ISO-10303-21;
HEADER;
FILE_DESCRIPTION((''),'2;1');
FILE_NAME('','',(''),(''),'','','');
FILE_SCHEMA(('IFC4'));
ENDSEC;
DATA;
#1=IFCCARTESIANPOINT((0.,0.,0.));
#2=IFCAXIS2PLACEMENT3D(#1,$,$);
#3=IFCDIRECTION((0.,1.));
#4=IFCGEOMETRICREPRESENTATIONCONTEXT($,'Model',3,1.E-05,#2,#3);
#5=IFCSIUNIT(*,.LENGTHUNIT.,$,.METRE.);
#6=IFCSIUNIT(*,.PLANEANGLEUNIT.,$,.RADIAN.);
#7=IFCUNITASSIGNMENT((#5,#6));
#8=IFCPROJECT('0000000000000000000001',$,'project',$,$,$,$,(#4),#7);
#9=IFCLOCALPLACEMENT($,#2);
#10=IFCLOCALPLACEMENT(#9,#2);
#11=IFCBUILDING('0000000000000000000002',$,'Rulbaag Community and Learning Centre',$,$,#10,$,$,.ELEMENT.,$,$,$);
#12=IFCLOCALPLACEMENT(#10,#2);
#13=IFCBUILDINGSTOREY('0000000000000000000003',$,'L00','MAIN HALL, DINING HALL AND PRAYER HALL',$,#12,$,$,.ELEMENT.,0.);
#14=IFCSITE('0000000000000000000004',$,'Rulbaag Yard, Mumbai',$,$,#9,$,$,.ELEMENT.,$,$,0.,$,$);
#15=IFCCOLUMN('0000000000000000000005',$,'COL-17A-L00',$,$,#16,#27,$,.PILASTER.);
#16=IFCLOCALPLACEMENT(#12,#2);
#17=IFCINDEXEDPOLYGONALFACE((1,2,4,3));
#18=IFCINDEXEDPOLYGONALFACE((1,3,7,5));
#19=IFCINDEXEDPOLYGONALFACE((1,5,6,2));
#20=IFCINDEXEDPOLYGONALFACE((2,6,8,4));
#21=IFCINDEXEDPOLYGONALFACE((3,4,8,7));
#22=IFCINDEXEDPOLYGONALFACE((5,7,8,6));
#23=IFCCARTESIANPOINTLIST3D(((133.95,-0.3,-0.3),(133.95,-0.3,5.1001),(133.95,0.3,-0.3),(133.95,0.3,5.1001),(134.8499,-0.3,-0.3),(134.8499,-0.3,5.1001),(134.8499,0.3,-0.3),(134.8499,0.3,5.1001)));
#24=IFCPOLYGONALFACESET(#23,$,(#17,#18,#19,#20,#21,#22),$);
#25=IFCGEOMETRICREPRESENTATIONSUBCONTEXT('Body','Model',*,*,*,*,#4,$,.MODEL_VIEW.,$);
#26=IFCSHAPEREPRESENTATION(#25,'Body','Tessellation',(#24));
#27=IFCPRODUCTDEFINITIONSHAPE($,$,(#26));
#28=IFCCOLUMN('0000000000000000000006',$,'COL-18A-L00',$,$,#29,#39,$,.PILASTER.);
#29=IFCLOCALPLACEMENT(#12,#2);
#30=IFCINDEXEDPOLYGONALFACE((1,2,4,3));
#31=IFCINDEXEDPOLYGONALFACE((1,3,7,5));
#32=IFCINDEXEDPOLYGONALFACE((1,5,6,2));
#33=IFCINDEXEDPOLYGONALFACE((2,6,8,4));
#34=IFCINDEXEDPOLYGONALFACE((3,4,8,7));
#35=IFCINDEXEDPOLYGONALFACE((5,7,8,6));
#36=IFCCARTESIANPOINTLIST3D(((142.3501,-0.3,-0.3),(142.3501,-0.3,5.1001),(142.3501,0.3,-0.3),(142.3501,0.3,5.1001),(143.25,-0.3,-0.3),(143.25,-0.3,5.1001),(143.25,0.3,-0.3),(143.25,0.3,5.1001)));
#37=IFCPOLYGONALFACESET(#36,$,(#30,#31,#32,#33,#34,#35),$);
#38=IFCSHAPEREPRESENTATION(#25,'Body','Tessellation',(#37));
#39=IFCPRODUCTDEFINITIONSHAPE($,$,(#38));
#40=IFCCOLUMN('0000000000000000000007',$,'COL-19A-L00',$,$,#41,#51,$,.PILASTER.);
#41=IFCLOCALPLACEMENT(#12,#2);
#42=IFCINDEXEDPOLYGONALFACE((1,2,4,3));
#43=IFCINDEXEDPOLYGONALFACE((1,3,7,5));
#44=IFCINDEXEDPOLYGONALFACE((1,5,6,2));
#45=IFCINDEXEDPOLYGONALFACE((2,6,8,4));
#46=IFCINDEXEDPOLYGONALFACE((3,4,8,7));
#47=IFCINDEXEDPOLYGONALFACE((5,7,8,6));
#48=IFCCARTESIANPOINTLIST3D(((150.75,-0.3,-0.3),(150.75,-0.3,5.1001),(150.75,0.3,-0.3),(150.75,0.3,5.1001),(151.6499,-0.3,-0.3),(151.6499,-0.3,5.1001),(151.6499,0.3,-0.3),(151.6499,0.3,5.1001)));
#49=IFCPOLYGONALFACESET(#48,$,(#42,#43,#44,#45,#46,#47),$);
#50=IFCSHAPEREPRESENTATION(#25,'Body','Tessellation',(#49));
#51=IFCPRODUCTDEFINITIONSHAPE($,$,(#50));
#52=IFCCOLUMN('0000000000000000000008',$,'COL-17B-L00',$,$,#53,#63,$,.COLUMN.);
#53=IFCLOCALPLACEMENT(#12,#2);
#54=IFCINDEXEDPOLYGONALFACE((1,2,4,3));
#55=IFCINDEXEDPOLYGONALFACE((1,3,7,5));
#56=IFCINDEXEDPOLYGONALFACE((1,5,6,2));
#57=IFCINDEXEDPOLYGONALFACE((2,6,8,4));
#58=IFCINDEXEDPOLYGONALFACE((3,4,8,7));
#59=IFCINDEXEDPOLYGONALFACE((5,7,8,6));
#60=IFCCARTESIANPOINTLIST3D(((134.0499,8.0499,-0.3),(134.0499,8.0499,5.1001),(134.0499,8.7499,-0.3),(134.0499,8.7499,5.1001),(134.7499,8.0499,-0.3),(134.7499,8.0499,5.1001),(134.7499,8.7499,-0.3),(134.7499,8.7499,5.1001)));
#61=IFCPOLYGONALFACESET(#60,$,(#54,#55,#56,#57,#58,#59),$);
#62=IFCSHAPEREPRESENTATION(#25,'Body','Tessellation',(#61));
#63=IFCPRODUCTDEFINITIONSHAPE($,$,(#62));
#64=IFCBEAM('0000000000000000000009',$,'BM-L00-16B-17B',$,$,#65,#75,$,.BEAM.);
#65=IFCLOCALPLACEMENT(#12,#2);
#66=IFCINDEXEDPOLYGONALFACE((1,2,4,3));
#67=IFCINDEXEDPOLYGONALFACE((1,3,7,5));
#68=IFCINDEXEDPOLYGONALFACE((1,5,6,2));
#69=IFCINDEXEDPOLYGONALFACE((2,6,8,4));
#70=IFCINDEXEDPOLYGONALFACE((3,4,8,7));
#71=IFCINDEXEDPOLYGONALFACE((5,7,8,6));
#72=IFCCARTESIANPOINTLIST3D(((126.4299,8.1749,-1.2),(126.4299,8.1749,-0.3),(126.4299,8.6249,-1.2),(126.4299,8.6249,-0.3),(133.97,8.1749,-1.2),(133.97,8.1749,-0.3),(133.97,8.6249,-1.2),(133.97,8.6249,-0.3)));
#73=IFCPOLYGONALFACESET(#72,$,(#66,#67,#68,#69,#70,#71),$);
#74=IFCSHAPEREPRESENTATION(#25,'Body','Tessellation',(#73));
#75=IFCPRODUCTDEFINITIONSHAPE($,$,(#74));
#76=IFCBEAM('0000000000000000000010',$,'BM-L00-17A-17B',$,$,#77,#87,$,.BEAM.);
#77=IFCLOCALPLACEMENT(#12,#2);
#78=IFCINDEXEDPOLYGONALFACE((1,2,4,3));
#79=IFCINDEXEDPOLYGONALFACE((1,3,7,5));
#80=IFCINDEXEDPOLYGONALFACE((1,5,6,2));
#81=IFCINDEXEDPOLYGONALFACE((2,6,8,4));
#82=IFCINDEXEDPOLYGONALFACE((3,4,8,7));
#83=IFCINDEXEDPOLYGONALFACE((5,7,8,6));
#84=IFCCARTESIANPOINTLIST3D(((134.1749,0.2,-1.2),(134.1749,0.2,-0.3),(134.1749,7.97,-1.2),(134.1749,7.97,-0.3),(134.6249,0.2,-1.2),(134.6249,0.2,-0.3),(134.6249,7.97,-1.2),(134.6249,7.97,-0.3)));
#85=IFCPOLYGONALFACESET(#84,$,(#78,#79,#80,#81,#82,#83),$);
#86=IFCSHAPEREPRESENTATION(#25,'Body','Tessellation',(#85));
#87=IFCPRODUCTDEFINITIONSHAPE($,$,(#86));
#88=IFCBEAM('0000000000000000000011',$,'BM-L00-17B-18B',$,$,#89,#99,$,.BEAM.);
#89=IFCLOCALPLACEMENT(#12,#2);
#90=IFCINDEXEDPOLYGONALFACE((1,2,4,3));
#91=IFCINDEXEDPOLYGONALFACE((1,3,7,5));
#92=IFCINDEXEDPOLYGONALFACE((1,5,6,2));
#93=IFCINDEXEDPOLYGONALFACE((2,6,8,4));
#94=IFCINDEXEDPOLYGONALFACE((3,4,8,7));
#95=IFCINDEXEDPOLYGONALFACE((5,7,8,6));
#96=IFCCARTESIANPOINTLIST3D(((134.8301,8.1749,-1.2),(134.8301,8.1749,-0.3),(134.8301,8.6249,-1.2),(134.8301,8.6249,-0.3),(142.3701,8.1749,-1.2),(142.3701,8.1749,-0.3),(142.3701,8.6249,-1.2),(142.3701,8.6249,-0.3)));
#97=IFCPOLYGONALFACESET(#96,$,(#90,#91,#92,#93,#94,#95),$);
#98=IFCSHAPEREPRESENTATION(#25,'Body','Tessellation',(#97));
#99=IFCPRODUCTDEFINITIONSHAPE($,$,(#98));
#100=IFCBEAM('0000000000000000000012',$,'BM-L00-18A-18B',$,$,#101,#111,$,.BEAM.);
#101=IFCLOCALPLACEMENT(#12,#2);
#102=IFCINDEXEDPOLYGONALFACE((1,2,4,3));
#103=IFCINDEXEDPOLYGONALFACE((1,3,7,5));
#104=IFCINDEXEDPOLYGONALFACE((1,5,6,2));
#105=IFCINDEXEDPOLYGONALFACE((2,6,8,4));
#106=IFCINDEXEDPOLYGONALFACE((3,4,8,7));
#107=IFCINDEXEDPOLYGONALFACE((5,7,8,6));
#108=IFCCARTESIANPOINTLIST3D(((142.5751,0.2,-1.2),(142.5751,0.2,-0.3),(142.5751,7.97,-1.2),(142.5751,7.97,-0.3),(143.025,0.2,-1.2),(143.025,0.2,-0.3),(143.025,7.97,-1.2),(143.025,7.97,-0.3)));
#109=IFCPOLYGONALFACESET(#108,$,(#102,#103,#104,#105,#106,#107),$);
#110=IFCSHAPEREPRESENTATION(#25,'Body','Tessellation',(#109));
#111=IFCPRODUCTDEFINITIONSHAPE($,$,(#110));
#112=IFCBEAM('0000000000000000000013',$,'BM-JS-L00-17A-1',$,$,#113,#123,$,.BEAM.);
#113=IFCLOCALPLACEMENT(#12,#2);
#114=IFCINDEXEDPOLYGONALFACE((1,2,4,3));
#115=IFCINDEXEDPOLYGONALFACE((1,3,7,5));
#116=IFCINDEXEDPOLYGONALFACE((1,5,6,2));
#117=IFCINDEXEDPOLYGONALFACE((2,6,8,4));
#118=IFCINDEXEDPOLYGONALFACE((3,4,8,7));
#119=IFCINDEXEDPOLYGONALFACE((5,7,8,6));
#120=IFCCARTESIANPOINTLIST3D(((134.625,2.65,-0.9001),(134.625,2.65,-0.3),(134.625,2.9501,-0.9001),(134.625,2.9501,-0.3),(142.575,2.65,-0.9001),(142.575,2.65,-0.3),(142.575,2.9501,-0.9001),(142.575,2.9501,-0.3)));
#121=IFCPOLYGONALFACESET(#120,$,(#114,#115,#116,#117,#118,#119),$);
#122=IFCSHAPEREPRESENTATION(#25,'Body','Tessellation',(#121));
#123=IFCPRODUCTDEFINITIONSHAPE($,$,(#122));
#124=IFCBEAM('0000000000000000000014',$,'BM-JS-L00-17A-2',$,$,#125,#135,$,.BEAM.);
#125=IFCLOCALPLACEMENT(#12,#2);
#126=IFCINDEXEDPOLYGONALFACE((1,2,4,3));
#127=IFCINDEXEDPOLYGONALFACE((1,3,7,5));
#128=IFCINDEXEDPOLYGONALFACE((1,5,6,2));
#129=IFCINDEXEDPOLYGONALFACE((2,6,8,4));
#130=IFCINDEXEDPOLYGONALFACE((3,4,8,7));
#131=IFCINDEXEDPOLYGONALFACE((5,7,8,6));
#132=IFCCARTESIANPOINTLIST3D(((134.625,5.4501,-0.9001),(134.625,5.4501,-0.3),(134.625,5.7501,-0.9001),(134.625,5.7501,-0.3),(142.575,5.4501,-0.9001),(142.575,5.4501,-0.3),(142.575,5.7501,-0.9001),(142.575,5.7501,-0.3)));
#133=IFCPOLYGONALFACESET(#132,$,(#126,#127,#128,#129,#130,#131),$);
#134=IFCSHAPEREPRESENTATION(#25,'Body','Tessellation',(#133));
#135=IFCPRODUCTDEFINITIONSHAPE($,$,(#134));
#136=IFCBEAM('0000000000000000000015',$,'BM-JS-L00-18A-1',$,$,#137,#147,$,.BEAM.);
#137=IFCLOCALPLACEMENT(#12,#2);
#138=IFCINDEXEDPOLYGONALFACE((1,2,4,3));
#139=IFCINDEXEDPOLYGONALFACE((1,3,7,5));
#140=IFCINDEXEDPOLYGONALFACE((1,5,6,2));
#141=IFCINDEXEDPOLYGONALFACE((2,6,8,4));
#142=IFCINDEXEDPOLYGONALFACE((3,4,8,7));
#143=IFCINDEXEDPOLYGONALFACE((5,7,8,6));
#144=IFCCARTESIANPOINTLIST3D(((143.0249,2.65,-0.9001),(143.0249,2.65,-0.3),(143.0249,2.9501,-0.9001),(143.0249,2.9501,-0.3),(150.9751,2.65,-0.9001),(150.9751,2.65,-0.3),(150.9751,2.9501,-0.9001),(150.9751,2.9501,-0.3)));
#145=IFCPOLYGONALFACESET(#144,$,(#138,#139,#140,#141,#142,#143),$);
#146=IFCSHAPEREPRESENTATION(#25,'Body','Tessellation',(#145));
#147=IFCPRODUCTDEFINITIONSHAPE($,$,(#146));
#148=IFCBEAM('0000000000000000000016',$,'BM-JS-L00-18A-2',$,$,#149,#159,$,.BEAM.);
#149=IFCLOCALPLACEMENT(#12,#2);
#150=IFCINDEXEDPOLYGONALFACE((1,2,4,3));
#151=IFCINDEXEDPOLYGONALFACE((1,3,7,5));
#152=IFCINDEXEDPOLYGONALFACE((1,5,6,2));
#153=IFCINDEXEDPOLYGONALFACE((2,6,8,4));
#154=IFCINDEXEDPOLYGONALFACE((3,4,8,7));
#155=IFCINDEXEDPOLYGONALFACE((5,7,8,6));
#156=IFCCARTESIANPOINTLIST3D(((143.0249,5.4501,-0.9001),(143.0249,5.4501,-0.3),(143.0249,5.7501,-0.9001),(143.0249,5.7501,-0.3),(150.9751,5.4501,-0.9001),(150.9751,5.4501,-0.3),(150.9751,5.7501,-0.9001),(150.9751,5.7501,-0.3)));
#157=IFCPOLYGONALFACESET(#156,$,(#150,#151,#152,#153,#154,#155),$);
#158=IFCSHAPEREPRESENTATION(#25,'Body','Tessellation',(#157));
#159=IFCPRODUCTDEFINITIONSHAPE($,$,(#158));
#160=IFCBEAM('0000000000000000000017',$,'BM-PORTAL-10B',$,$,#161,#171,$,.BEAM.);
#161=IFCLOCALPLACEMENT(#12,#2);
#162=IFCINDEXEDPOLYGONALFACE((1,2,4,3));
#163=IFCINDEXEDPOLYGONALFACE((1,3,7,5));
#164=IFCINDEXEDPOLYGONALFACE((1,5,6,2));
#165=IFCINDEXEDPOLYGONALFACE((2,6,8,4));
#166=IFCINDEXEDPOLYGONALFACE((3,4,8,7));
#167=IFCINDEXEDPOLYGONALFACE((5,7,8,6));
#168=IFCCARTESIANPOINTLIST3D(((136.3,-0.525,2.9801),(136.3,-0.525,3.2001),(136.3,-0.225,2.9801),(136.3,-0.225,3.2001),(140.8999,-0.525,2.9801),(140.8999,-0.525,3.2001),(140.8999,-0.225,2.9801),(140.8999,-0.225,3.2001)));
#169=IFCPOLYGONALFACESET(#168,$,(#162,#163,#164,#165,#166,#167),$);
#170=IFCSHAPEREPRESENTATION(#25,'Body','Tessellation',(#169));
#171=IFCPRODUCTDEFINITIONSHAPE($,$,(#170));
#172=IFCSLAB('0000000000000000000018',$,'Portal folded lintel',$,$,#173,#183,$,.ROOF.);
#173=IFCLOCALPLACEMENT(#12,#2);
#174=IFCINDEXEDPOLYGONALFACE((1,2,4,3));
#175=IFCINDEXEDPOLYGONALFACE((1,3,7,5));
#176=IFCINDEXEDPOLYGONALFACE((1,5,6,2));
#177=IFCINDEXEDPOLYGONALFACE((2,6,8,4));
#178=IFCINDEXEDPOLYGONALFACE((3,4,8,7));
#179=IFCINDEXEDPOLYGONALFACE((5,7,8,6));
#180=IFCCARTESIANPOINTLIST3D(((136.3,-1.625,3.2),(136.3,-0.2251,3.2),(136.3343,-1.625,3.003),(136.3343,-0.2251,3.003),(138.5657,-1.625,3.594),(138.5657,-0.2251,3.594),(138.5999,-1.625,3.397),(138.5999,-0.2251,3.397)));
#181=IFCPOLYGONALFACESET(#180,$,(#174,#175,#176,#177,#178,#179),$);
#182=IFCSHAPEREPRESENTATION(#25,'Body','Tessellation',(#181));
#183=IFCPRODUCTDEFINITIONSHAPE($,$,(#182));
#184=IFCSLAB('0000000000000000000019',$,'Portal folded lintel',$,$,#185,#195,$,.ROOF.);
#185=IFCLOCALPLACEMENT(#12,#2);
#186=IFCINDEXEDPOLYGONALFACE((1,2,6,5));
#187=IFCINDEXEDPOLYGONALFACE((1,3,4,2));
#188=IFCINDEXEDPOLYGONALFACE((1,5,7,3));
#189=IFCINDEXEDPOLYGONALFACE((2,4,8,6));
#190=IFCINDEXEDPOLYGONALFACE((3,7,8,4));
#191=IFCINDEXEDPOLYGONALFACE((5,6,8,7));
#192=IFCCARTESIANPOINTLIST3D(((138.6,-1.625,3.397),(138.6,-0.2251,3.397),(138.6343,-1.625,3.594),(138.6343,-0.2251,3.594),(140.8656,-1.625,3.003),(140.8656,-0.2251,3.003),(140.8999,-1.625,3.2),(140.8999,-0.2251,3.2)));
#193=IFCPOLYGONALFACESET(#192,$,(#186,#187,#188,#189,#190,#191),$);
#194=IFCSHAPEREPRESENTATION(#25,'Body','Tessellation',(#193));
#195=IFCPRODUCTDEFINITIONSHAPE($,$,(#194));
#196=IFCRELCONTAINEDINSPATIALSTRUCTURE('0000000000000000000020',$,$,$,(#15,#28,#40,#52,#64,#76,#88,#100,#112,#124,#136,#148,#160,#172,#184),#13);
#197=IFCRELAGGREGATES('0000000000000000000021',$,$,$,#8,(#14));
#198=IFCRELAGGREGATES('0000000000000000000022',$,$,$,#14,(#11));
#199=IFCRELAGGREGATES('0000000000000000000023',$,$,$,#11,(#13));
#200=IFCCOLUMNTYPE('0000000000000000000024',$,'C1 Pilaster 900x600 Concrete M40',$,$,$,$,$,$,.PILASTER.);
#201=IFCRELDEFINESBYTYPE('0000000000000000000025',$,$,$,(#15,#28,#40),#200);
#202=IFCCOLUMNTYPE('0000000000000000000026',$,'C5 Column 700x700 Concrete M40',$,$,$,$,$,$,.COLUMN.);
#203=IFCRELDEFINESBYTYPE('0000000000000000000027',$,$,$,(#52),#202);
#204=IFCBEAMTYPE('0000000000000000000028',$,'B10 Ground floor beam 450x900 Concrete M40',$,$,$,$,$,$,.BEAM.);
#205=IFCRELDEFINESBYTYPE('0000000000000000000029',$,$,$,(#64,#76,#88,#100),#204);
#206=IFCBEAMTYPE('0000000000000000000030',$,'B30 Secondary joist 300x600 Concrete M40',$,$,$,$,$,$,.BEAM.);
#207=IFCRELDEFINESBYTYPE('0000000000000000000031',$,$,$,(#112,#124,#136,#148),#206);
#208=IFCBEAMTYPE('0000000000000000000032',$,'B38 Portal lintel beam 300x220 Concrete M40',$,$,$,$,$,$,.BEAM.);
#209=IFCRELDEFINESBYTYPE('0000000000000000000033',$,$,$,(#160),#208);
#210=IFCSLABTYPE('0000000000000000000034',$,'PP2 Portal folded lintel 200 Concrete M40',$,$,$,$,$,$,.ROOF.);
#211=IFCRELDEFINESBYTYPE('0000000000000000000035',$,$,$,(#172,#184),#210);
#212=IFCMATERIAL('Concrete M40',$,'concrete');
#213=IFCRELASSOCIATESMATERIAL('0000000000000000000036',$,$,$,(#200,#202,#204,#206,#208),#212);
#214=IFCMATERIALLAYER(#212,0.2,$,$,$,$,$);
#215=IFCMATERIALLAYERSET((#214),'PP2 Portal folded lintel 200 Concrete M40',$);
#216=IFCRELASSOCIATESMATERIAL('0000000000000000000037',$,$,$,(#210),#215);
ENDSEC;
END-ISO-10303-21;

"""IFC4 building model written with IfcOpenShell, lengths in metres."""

from ifc_helpers import new_model, si_unit, direction, frame, origin, origin_2d, place, context, subcontext, project, spatial, polyline, rectangle, outline, extrude, material, layer, layer_set, material_profile, profile_set, type_object, element, save


model = new_model("IFC4")

# Units and contexts
model_context = context("Model", 3, precision=1e-05, world=origin(), true_north=direction((0.0, 1.0)))
body_context = subcontext(model_context, "Body", "Model", "MODEL_VIEW")
ifc_project = project(units=[si_unit("LENGTHUNIT", "METRE"), si_unit("PLANEANGLEUNIT", "RADIAN")], contexts=[model_context])

# Site, building, storey
site_placement = place(None, origin())
site = spatial("IfcSite", under=ifc_project, at=site_placement, Name="Rulbaag Yard, Mumbai", CompositionType="ELEMENT", RefElevation=0.0)
building_placement = place(site_placement, origin())
building = spatial("IfcBuilding", under=site, at=building_placement, Name="Rulbaag Community and Learning Centre", CompositionType="ELEMENT")
storey_placement = place(building_placement, origin())
storey = spatial("IfcBuildingStorey", under=building, at=storey_placement, Name="L00", Description="MAIN HALL, DINING HALL AND PRAYER HALL", CompositionType="ELEMENT", Elevation=0.0)

# Columns
ifc_material_1 = material(Name="Concrete M40", Category="concrete")
ifc_material_profile_1 = material_profile(ifc_material_1, rectangle(XDim=0.8999, YDim=0.6001, at=origin_2d()), Name="RC900x600")
ifc_profile_set_1 = profile_set([ifc_material_profile_1], Name="Concrete M40")
column_type_1 = type_object("IfcColumnType", Name="C1 Pilaster 900x600 Concrete M40", PredefinedType="PILASTER", material=ifc_profile_set_1)
for number, where, z_axis, x_axis, name in (
    (1, (134.3999, 0.0, -0.3), (0.0, 0.0, 1.0), (1.0, 0.0, 0.0), "COL-17A-L00"),
    (2, (142.8, 0.0, -0.3), (0.0, 0.0, 1.0), (1.0, 0.0, 0.0), "COL-18A-L00"),
    (3, (151.2, 0.0, -0.3), (0.0, 0.0, 1.0), (1.0, 0.0, 0.0), "COL-19A-L00"),
):
    element("IfcColumn", number, at=place(storey_placement, frame(where, z_axis=z_axis, x_axis=x_axis)), inside=storey, type_object=column_type_1, Name=name, PredefinedType="PILASTER", context=body_context, shape_type="SweptSolid", body=[
        extrude(rectangle(XDim=0.8999, YDim=0.6001, at=origin_2d()), origin(), (0.0, 0.0, 1.0), 5.4001),
    ])
ifc_material_profile_2 = material_profile(ifc_material_1, rectangle(XDim=0.7, YDim=0.7, at=origin_2d()), Name="RC700x700")
ifc_profile_set_2 = profile_set([ifc_material_profile_2], Name="Concrete M40")
column_type_2 = type_object("IfcColumnType", Name="C5 Column 700x700 Concrete M40", PredefinedType="COLUMN", material=ifc_profile_set_2)
column_placement = place(storey_placement, frame((134.3999, 8.3999, -0.3), z_axis=(0.0, 0.0, 1.0), x_axis=(1.0, 0.0, 0.0)))
element("IfcColumn", 4, at=column_placement, inside=storey, type_object=column_type_2, Name="COL-17B-L00", PredefinedType="COLUMN", context=body_context, shape_type="SweptSolid", body=[
    extrude(rectangle(XDim=0.7, YDim=0.7, at=origin_2d()), origin(), (0.0, 0.0, 1.0), 5.4001),
])

# Beams
ifc_material_profile_3 = material_profile(ifc_material_1, rectangle(XDim=0.45, YDim=0.8999, at=origin_2d()), Name="RB450x900")
ifc_profile_set_3 = profile_set([ifc_material_profile_3], Name="Concrete M40")
beam_type_1 = type_object("IfcBeamType", Name="B10 Ground floor beam 450x900 Concrete M40", PredefinedType="BEAM", material=ifc_profile_set_3)
beam_1_placement = place(storey_placement, frame((126.4299, 8.3999, -0.75), z_axis=(1.0, 0.0, 0.0), x_axis=(0.0, 1.0, 0.0)))
element("IfcBeam", 5, at=beam_1_placement, inside=storey, type_object=beam_type_1, Name="BM-L00-16B-17B", PredefinedType="BEAM", context=body_context, shape_type="SweptSolid", body=[
    extrude(rectangle(XDim=0.45, YDim=0.8999, at=origin_2d()), origin(), (0.0, 0.0, 1.0), 7.54),
])
beam_2_placement = place(storey_placement, frame((134.3999, 0.2, -0.75), z_axis=(0.0, 1.0, 0.0), x_axis=(-1.0, 0.0, 0.0)))
element("IfcBeam", 6, at=beam_2_placement, inside=storey, type_object=beam_type_1, Name="BM-L00-17A-17B", PredefinedType="BEAM", context=body_context, shape_type="SweptSolid", body=[
    extrude(rectangle(XDim=0.45, YDim=0.8999, at=origin_2d()), origin(), (0.0, 0.0, 1.0), 7.77),
])
beam_3_placement = place(storey_placement, frame((134.8301, 8.3999, -0.75), z_axis=(1.0, 0.0, 0.0), x_axis=(0.0, 1.0, 0.0)))
element("IfcBeam", 7, at=beam_3_placement, inside=storey, type_object=beam_type_1, Name="BM-L00-17B-18B", PredefinedType="BEAM", context=body_context, shape_type="SweptSolid", body=[
    extrude(rectangle(XDim=0.45, YDim=0.8999, at=origin_2d()), origin(), (0.0, 0.0, 1.0), 7.54),
])
beam_4_placement = place(storey_placement, frame((142.8, 0.2, -0.75), z_axis=(0.0, 1.0, 0.0), x_axis=(-1.0, 0.0, 0.0)))
element("IfcBeam", 8, at=beam_4_placement, inside=storey, type_object=beam_type_1, Name="BM-L00-18A-18B", PredefinedType="BEAM", context=body_context, shape_type="SweptSolid", body=[
    extrude(rectangle(XDim=0.45, YDim=0.8999, at=origin_2d()), origin(), (0.0, 0.0, 1.0), 7.77),
])
ifc_material_profile_4 = material_profile(ifc_material_1, rectangle(XDim=0.3, YDim=0.6001, at=origin_2d()), Name="RB300x600")
ifc_profile_set_4 = profile_set([ifc_material_profile_4], Name="Concrete M40")
beam_type_2 = type_object("IfcBeamType", Name="B30 Secondary joist 300x600 Concrete M40", PredefinedType="BEAM", material=ifc_profile_set_4)
for number, where, z_axis, x_axis, name in (
    (9, (134.625, 2.8, -0.6001), (1.0, 0.0, 0.0), (0.0, 1.0, 0.0), "BM-JS-L00-17A-1"),
    (10, (134.625, 5.6001, -0.6001), (1.0, 0.0, 0.0), (0.0, 1.0, 0.0), "BM-JS-L00-17A-2"),
):
    element("IfcBeam", number, at=place(storey_placement, frame(where, z_axis=z_axis, x_axis=x_axis)), inside=storey, type_object=beam_type_2, Name=name, PredefinedType="BEAM", context=body_context, shape_type="SweptSolid", body=[
        extrude(rectangle(XDim=0.3, YDim=0.6001, at=origin_2d()), origin(), (0.0, 0.0, 1.0), 7.95),
    ])
for number, where, z_axis, x_axis, name in (
    (11, (143.0249, 2.8, -0.6001), (1.0, 0.0, 0.0), (0.0, 1.0, 0.0), "BM-JS-L00-18A-1"),
    (12, (143.0249, 5.6001, -0.6001), (1.0, 0.0, 0.0), (0.0, 1.0, 0.0), "BM-JS-L00-18A-2"),
):
    element("IfcBeam", number, at=place(storey_placement, frame(where, z_axis=z_axis, x_axis=x_axis)), inside=storey, type_object=beam_type_2, Name=name, PredefinedType="BEAM", context=body_context, shape_type="SweptSolid", body=[
        extrude(rectangle(XDim=0.3, YDim=0.6001, at=origin_2d()), origin(), (0.0, 0.0, 1.0), 7.9502),
    ])
ifc_material_profile_5 = material_profile(ifc_material_1, rectangle(XDim=0.3, YDim=0.22, at=origin_2d()), Name="RB300x220")
ifc_profile_set_5 = profile_set([ifc_material_profile_5], Name="Concrete M40")
beam_type_3 = type_object("IfcBeamType", Name="B38 Portal lintel beam 300x220 Concrete M40", PredefinedType="BEAM", material=ifc_profile_set_5)
beam_5_placement = place(storey_placement, frame((136.3, -0.375, 3.0901), z_axis=(1.0, 0.0, 0.0), x_axis=(0.0, 1.0, 0.0)))
element("IfcBeam", 13, at=beam_5_placement, inside=storey, type_object=beam_type_3, Name="BM-PORTAL-10B", PredefinedType="BEAM", context=body_context, shape_type="SweptSolid", body=[
    extrude(rectangle(XDim=0.3, YDim=0.22, at=origin_2d()), origin(), (0.0, 0.0, 1.0), 4.5999),
])

# Slabs
ifc_layer_1 = layer(ifc_material_1, 0.2)
ifc_layer_set_1 = layer_set([ifc_layer_1], Name="PP2 Portal folded lintel 200 Concrete M40")
slab_type = type_object("IfcSlabType", Name="PP2 Portal folded lintel 200 Concrete M40", PredefinedType="ROOF", material=ifc_layer_set_1)
for number, where, z_axis, x_axis, name in (
    (14, (136.3, -0.2251, 3.2), (-0.17135, 0.0, 0.98521), (0.98521, 0.0, 0.17135), "Portal folded lintel"),
    (15, (138.6343, -0.2251, 3.594), (0.17135, 0.0, 0.98521), (0.98521, 0.0, -0.17135), "Portal folded lintel"),
):
    element("IfcSlab", number, at=place(storey_placement, frame(where, z_axis=z_axis, x_axis=x_axis)), inside=storey, type_object=slab_type, Name=name, PredefinedType="ROOF", context=body_context, shape_type="SweptSolid", body=[
        extrude(outline(polyline([(0.0, 0.0), (2.2996, 0.0), (2.2996, -1.3999), (0.0, -1.3999), (0.0, 0.0)])), origin(), (0.0, 0.0, -1.0), 0.2),
    ])

save(model, "model.ifc")
